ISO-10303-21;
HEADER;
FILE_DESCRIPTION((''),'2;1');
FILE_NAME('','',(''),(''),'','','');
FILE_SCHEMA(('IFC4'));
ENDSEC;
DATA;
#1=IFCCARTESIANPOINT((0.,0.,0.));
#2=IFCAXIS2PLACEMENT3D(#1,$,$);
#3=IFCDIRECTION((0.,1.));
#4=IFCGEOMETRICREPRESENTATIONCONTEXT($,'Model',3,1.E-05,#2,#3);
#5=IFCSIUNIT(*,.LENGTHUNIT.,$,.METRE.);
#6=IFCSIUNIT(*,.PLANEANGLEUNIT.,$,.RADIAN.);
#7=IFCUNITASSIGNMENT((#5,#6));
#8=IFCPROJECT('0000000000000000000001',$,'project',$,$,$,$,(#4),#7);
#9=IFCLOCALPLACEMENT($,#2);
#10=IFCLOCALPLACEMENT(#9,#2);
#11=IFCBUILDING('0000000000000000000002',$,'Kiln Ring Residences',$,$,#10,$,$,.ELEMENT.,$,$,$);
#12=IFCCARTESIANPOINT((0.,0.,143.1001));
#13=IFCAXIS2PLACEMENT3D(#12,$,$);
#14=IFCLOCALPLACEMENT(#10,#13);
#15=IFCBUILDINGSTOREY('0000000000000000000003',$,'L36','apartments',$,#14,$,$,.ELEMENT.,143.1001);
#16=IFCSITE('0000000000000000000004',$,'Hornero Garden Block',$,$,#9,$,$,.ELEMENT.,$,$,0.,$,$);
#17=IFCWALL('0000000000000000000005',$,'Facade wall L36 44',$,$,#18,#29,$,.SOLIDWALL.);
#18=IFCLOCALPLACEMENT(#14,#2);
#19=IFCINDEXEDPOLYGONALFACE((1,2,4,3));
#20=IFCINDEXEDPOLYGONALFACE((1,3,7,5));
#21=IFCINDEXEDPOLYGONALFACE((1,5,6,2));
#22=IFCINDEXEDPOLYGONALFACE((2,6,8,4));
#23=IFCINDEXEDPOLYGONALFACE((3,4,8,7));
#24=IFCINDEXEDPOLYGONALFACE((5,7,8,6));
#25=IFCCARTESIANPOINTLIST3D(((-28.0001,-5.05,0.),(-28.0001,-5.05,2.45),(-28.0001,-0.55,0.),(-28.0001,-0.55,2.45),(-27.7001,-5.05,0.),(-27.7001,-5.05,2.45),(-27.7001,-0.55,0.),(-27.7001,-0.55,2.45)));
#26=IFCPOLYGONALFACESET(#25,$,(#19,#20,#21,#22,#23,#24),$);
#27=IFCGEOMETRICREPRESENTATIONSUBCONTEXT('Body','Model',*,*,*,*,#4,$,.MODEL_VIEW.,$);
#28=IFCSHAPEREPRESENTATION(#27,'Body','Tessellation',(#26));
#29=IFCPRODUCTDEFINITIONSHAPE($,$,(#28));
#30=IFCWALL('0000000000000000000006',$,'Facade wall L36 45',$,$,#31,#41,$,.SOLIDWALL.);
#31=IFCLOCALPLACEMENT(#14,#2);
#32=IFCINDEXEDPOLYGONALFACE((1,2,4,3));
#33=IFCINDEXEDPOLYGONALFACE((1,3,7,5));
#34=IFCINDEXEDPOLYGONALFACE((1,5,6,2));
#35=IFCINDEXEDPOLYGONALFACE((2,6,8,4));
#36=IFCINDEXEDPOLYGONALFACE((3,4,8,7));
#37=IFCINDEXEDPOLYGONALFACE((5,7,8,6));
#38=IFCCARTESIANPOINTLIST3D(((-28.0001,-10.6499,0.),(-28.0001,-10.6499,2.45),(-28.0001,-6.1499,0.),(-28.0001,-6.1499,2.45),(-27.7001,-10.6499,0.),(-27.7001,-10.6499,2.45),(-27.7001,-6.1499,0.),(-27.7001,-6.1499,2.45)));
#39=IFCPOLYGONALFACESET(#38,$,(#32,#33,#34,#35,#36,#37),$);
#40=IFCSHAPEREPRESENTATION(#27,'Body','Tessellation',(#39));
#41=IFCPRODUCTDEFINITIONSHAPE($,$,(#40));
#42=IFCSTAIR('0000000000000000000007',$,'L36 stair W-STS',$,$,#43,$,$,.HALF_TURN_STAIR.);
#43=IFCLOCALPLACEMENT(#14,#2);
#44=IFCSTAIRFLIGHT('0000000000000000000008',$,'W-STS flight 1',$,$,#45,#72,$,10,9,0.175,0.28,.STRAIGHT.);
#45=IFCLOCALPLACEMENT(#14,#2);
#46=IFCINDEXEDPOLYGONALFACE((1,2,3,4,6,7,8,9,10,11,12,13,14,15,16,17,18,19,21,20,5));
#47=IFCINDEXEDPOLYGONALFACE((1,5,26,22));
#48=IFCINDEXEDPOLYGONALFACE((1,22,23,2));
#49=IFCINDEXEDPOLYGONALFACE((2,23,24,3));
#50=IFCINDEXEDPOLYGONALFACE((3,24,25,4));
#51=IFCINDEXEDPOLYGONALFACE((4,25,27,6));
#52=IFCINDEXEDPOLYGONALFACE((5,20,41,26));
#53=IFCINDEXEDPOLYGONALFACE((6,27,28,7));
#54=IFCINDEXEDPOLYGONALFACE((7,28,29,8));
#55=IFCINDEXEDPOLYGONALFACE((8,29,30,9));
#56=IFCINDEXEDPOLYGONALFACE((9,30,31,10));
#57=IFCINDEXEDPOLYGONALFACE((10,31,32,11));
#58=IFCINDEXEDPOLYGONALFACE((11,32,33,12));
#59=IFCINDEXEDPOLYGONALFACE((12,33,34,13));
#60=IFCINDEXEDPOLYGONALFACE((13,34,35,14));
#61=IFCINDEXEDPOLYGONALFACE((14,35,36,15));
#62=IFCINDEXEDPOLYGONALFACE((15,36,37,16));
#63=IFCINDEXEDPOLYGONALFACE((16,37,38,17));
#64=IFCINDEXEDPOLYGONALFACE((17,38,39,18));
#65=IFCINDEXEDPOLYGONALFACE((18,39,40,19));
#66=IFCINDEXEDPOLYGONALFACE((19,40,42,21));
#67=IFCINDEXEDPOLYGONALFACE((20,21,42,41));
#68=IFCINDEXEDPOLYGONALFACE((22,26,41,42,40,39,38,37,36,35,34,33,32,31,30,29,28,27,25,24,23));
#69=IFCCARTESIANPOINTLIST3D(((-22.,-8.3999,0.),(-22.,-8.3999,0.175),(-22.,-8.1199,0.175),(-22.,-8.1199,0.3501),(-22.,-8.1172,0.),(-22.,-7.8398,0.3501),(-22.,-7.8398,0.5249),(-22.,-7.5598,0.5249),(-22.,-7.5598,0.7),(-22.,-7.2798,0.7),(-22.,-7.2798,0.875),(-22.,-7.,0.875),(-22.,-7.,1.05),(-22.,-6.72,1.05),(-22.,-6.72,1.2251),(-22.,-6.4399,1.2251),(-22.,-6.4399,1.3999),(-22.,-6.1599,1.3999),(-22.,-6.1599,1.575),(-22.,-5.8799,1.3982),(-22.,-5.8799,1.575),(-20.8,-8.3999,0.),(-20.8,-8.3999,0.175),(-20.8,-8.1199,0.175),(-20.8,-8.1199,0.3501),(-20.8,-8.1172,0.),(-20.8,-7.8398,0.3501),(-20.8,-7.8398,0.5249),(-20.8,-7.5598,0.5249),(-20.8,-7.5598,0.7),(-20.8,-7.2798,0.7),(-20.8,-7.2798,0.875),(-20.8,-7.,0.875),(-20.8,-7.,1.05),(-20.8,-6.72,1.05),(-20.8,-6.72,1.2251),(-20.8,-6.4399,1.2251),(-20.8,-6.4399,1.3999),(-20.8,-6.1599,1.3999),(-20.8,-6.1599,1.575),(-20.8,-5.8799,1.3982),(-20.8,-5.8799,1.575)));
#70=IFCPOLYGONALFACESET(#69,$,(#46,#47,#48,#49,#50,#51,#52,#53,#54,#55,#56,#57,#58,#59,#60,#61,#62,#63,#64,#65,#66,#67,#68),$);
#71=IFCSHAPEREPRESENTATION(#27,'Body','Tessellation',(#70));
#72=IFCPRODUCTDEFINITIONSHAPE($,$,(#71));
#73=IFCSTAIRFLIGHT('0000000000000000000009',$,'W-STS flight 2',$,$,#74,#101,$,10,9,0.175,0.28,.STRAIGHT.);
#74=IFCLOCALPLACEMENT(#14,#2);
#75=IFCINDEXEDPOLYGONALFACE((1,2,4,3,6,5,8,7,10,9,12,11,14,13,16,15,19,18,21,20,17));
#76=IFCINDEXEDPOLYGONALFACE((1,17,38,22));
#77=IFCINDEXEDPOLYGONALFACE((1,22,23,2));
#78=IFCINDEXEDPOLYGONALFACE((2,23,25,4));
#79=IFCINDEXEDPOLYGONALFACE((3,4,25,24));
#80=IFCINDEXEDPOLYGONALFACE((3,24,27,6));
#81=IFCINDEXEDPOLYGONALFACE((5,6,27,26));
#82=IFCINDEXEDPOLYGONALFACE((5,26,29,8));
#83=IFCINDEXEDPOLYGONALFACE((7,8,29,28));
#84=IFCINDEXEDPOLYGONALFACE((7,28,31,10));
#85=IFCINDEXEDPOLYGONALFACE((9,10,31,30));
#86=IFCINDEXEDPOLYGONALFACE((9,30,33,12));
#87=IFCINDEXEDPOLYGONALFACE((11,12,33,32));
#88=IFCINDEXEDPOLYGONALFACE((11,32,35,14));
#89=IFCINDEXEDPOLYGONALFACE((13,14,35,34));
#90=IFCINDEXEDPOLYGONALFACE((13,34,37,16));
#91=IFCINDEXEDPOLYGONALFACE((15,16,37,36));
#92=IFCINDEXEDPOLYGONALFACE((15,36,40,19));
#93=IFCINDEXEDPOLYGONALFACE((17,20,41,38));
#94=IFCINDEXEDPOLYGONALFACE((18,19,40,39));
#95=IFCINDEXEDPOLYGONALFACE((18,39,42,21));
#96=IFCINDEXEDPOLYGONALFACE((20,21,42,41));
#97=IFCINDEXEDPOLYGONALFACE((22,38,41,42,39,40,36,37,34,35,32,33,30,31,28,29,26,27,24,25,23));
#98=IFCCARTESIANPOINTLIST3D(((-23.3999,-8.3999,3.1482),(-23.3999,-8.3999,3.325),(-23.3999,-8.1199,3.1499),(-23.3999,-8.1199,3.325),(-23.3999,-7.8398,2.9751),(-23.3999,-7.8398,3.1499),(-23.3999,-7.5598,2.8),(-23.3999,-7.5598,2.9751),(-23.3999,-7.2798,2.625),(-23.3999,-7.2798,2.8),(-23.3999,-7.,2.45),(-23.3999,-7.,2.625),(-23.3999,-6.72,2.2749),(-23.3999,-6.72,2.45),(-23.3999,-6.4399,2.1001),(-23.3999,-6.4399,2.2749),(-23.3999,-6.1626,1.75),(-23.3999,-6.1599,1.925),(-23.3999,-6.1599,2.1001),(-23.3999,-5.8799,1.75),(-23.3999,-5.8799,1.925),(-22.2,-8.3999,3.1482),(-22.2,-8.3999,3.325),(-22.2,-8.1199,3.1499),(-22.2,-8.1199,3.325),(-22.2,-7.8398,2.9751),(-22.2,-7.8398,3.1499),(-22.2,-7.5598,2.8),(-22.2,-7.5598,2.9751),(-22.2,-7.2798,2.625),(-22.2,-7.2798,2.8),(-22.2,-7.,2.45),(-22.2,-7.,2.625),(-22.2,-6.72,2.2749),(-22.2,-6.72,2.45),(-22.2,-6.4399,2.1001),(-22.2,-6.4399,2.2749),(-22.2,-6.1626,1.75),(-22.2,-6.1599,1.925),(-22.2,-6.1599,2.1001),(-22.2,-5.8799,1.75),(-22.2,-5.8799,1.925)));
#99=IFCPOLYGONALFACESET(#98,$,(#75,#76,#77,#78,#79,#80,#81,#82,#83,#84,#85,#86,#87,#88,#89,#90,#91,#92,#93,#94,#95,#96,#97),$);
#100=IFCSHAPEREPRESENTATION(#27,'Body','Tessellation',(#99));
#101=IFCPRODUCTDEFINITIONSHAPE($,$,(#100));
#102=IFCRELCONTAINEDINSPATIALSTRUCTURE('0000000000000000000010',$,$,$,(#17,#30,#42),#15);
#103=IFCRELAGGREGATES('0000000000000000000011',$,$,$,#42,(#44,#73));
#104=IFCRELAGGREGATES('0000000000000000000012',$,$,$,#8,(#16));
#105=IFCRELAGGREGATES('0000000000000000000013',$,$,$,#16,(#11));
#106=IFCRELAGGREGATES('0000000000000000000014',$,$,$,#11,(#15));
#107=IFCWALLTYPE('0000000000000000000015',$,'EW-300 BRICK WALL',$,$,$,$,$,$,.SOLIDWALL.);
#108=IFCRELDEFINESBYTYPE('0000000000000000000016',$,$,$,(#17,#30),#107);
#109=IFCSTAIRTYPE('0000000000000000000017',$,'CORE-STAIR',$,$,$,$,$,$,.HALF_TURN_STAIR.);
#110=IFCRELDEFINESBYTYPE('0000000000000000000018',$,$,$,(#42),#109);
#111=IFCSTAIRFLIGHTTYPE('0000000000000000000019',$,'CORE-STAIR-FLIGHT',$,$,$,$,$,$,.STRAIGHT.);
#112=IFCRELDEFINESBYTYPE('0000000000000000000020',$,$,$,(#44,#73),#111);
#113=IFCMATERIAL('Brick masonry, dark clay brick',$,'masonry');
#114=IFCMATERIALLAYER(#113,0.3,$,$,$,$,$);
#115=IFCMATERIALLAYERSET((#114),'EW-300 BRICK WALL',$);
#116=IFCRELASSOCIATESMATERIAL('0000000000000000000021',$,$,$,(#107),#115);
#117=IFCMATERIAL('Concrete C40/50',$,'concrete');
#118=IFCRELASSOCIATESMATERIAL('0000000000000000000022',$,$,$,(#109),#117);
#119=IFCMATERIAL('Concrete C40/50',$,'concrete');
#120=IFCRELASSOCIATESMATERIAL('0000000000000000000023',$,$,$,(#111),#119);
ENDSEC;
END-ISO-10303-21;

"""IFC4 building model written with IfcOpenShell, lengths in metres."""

from ifc_helpers import new_model, si_unit, direction, frame, frame_2d, origin, place, context, subcontext, project, spatial, polyline, rectangle, outline, extrude, material, layer, layer_set, type_object, element, aggregate, save


model = new_model("IFC4")

# Units and contexts
model_context = context("Model", 3, precision=1e-05, world=origin(), true_north=direction((0.0, 1.0)))
body_context = subcontext(model_context, "Body", "Model", "MODEL_VIEW")
ifc_project = project(units=[si_unit("LENGTHUNIT", "METRE"), si_unit("PLANEANGLEUNIT", "RADIAN")], contexts=[model_context])

# Site, building, storey
site_placement = place(None, origin())
site = spatial("IfcSite", under=ifc_project, at=site_placement, Name="Hornero Garden Block", CompositionType="ELEMENT", RefElevation=0.0)
building_placement = place(site_placement, origin())
building = spatial("IfcBuilding", under=site, at=building_placement, Name="Kiln Ring Residences", CompositionType="ELEMENT")
storey_placement = place(building_placement, frame((0.0, 0.0, 143.1001)))
storey = spatial("IfcBuildingStorey", under=building, at=storey_placement, Name="L36", Description="apartments", CompositionType="ELEMENT", Elevation=143.1001)

# Walls
ifc_material_1 = material(Name="Brick masonry, dark clay brick", Category="masonry")
ifc_layer_1 = layer(ifc_material_1, 0.3)
ifc_layer_set_1 = layer_set([ifc_layer_1], Name="EW-300 BRICK WALL")
wall_type_1 = type_object("IfcWallType", Name="EW-300 BRICK WALL", PredefinedType="SOLIDWALL", material=ifc_layer_set_1)
for number, where, z_axis, x_axis, name in (
    (1, (-27.8501, -0.55, 0.0), (0.0, 0.0, 1.0), (0.0, -1.0, 0.0), "Facade wall L36 44"),
    (2, (-27.8501, -6.1499, 0.0), (0.0, 0.0, 1.0), (0.0, -1.0, 0.0), "Facade wall L36 45"),
):
    element("IfcWall", number, at=place(storey_placement, frame(where, z_axis=z_axis, x_axis=x_axis)), inside=storey, type_object=wall_type_1, Name=name, PredefinedType="SOLIDWALL", context=body_context, shape_type="SweptSolid", body=[
        extrude(rectangle(XDim=4.5, YDim=0.3, at=frame_2d((2.25, 0.0))), origin(), (0.0, 0.0, 1.0), 2.45),
    ])

# Stair, stair flights
ifc_material_2 = material(Name="Concrete C40/50", Category="concrete")
stair_type = type_object("IfcStairType", Name="CORE-STAIR", PredefinedType="HALF_TURN_STAIR", material=ifc_material_2)
stair_placement = place(storey_placement, origin())
stair = element("IfcStair", 3, at=stair_placement, inside=storey, type_object=stair_type, Name="L36 stair W-STS", PredefinedType="HALF_TURN_STAIR")
ifc_material_3 = material(Name="Concrete C40/50", Category="concrete")
stair_flight_type = type_object("IfcStairFlightType", Name="CORE-STAIR-FLIGHT", PredefinedType="STRAIGHT", material=ifc_material_3)
stair_flight_1_placement = place(storey_placement, frame((-21.3999, -8.3999, 0.0), z_axis=(0.0, 0.0, 1.0), x_axis=(0.0, 1.0, 0.0)))
stair_flight_1 = element("IfcStairFlight", 4, at=stair_flight_1_placement, type_object=stair_flight_type, Name="W-STS flight 1", NumberOfRisers=10, NumberOfTreads=9, PredefinedType="STRAIGHT", RiserHeight=0.175, TreadLength=0.28, context=body_context, shape_type="SweptSolid", body=[
    extrude(outline(polyline([(0.0, 0.0), (0.0, 0.175), (0.28, 0.175), (0.28, 0.3501), (0.5601, 0.3501), (0.5601, 0.5249), (0.8401, 0.5249), (0.8401, 0.7), (1.1201, 0.7), (1.1201, 0.875), (1.3999, 0.875), (1.3999, 1.05), (1.6799, 1.05), (1.6799, 1.2251), (1.96, 1.2251), (1.96, 1.3999), (2.24, 1.3999), (2.24, 1.575), (2.52, 1.575), (2.52, 1.75), (2.52, 1.3982), (0.2827, 0.0), (0.0, 0.0)])), frame((0.0, 0.6001, 0.0), z_axis=(0.0, -1.0, 0.0), x_axis=(1.0, 0.0, 0.0)), (0.0, 0.0, 1.0), 1.2),
])
stair_flight_2_placement = place(storey_placement, frame((-22.8, -5.8799, 1.75), z_axis=(0.0, 0.0, 1.0), x_axis=(0.0, -1.0, 0.0)))
stair_flight_2 = element("IfcStairFlight", 5, at=stair_flight_2_placement, type_object=stair_flight_type, Name="W-STS flight 2", NumberOfRisers=10, NumberOfTreads=9, PredefinedType="STRAIGHT", RiserHeight=0.175, TreadLength=0.28, context=body_context, shape_type="SweptSolid", body=[
    extrude(outline(polyline([(0.0, 0.0), (0.0, 0.175), (0.28, 0.175), (0.28, 0.3501), (0.5601, 0.3501), (0.5601, 0.5249), (0.8401, 0.5249), (0.8401, 0.7), (1.1201, 0.7), (1.1201, 0.875), (1.3999, 0.875), (1.3999, 1.05), (1.6799, 1.05), (1.6799, 1.2251), (1.96, 1.2251), (1.96, 1.3999), (2.24, 1.3999), (2.24, 1.575), (2.52, 1.575), (2.52, 1.75), (2.52, 1.3982), (0.2827, 0.0), (0.0, 0.0)])), frame((0.0, 0.6001, 0.0), z_axis=(0.0, -1.0, 0.0), x_axis=(1.0, 0.0, 0.0)), (0.0, 0.0, 1.0), 1.2),
])
aggregate(stair, [stair_flight_1, stair_flight_2])

save(model, "model.ifc")
